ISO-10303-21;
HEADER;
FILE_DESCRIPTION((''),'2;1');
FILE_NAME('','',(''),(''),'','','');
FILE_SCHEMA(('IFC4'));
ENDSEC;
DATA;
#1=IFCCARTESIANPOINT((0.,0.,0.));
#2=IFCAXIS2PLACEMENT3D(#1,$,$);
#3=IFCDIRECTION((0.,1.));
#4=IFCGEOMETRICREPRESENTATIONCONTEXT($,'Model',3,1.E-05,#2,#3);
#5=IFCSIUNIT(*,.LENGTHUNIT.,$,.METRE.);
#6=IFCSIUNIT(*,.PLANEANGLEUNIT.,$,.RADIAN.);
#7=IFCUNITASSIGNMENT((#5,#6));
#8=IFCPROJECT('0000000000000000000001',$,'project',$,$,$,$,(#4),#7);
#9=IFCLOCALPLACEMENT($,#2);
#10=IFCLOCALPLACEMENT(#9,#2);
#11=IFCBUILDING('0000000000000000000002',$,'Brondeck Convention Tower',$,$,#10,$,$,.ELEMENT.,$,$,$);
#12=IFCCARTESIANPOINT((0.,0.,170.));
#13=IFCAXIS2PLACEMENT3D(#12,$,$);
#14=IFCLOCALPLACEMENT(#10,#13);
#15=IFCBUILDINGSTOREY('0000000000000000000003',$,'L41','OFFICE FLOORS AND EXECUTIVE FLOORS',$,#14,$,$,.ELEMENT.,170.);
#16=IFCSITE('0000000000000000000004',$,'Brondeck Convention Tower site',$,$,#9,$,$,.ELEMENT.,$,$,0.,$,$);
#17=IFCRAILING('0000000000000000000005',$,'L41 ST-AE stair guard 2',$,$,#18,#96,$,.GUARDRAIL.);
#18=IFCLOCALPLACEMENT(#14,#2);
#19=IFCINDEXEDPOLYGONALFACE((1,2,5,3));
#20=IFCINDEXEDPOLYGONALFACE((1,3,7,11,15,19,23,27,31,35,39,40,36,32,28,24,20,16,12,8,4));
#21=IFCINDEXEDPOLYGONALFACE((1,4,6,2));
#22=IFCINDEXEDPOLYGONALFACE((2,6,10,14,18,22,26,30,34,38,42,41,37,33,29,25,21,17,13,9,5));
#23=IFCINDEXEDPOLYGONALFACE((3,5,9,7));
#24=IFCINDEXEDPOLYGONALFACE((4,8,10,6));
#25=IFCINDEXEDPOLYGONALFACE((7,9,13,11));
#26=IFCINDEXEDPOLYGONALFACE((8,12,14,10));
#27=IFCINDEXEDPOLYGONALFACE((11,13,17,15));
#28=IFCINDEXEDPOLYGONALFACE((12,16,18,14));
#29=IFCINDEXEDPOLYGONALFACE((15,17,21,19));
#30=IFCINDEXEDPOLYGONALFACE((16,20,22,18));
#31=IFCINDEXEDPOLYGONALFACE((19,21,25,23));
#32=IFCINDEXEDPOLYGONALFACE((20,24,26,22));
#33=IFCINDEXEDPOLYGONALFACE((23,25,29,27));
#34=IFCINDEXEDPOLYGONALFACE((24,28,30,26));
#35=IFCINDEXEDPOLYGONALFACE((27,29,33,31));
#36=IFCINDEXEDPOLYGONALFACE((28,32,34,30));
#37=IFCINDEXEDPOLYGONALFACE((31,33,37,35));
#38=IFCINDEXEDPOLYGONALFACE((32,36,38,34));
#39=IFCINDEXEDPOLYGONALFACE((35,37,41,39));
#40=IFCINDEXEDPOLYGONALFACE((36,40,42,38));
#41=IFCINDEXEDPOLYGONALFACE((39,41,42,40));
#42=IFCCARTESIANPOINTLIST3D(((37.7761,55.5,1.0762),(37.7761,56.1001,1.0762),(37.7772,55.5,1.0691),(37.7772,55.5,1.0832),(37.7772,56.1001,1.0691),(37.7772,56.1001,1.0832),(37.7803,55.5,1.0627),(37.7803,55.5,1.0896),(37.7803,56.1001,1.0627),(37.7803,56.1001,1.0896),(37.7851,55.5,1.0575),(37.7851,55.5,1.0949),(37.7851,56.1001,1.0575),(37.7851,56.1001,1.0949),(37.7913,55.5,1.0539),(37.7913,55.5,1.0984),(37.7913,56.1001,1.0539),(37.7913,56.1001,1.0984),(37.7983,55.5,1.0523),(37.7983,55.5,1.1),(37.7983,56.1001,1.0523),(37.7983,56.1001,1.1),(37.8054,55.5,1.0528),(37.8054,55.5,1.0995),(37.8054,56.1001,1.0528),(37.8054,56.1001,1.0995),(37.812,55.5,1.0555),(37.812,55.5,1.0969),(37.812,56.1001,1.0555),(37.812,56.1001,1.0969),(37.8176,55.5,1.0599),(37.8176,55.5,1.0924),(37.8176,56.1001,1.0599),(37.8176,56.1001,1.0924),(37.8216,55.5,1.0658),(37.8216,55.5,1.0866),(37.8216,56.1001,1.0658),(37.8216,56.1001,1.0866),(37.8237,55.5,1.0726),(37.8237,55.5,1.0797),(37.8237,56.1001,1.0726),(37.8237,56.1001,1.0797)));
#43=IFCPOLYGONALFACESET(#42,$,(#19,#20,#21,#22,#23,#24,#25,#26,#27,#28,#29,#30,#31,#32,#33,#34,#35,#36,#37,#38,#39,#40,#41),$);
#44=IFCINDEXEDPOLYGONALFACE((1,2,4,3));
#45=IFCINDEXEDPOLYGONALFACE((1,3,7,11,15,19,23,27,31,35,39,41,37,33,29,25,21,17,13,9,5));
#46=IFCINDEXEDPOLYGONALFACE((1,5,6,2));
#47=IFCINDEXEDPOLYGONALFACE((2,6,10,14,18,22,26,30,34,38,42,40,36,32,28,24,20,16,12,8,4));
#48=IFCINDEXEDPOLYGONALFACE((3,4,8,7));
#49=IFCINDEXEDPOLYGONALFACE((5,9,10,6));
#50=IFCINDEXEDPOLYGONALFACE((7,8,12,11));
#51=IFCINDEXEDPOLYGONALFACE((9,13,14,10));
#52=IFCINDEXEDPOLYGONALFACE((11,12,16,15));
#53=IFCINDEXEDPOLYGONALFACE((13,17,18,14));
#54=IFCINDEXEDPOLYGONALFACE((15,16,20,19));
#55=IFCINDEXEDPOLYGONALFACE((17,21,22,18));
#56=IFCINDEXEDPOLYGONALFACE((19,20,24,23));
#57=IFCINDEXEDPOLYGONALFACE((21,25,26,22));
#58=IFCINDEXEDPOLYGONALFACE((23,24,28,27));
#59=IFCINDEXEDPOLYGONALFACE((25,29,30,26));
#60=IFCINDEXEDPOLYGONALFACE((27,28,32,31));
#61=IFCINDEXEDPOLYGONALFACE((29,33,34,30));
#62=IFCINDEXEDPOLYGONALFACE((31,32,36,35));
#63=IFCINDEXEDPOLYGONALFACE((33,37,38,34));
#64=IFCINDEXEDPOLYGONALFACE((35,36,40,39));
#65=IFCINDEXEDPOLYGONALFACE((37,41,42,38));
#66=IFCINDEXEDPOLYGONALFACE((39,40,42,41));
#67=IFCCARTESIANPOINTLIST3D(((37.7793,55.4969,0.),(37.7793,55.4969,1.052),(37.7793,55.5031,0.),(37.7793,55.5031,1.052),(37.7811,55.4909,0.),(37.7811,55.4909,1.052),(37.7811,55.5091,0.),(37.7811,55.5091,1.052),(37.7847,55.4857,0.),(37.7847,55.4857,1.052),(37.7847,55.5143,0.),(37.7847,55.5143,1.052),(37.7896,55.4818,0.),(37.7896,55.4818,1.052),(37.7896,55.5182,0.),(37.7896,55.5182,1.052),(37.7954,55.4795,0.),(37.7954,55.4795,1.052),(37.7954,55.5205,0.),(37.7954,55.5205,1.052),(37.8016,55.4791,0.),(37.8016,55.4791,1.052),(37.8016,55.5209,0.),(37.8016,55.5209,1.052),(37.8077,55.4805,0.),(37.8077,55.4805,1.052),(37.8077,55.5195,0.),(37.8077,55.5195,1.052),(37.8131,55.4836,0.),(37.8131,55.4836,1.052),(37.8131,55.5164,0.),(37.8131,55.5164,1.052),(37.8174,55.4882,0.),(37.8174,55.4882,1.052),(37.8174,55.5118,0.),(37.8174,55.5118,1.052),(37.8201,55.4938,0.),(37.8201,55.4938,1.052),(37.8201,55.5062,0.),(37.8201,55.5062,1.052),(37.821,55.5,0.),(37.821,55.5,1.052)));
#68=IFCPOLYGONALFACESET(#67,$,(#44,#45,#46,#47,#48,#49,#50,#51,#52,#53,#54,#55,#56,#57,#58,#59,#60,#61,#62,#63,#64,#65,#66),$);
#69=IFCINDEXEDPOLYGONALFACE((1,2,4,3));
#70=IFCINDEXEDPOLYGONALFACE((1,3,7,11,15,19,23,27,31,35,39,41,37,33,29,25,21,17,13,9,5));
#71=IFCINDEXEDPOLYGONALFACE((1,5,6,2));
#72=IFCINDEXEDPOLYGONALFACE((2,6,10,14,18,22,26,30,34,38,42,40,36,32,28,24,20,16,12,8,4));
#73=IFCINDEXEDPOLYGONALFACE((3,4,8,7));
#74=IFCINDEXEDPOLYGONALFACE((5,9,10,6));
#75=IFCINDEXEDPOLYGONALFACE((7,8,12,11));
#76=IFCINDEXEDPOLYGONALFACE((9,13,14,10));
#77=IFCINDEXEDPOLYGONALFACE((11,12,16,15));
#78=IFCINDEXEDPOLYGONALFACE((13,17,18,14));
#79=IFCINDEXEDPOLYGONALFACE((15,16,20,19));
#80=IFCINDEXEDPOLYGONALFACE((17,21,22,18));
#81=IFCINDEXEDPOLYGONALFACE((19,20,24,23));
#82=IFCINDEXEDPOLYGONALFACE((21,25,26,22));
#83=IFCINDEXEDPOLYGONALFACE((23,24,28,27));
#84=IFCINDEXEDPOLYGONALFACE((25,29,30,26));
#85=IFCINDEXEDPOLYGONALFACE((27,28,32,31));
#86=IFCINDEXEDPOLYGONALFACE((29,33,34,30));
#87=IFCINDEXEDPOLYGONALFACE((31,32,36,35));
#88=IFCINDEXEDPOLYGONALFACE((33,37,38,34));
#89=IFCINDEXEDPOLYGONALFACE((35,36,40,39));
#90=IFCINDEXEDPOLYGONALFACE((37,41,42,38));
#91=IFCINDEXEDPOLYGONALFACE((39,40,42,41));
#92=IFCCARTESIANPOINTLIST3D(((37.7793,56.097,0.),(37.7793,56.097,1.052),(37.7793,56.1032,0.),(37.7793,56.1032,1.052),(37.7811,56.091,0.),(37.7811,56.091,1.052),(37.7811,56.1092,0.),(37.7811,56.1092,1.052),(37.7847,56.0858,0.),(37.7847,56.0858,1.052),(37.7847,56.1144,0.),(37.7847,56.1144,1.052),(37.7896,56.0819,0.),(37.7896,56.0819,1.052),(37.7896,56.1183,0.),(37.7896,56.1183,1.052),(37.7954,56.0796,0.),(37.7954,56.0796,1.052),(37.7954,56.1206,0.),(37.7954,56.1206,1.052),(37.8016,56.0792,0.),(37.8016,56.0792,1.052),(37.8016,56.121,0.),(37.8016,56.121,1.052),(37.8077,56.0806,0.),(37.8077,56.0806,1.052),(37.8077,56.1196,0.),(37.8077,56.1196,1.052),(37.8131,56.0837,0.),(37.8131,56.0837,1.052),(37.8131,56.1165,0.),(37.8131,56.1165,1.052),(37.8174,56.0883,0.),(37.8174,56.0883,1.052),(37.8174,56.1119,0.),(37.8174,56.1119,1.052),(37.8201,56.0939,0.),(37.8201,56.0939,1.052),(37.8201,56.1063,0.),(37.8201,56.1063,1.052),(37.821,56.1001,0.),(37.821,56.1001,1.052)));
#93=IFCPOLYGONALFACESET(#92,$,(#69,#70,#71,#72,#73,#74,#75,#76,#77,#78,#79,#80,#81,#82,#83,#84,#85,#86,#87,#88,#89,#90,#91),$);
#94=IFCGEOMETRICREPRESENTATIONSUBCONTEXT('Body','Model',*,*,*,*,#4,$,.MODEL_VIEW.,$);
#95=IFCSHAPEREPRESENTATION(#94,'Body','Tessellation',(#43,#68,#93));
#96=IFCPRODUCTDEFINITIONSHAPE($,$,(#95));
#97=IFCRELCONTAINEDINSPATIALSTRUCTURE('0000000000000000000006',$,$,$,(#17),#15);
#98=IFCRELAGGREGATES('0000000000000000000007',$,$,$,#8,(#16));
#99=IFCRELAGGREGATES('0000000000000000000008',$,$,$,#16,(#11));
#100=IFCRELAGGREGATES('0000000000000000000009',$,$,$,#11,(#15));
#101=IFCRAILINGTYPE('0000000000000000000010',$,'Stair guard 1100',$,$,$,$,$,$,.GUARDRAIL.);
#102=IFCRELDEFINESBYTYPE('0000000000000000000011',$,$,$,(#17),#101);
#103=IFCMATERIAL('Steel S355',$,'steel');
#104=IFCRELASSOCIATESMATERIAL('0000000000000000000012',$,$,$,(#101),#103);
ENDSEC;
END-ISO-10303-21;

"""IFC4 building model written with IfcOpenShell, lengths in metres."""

from ifc_helpers import new_model, si_unit, direction, frame, origin, origin_2d, place, context, subcontext, project, spatial, circle, extrude, material, type_object, element, save


model = new_model("IFC4")

# Units and contexts
model_context = context("Model", 3, precision=1e-05, world=origin(), true_north=direction((0.0, 1.0)))
body_context = subcontext(model_context, "Body", "Model", "MODEL_VIEW")
ifc_project = project(units=[si_unit("LENGTHUNIT", "METRE"), si_unit("PLANEANGLEUNIT", "RADIAN")], contexts=[model_context])

# Site, building, storey
site_placement = place(None, origin())
site = spatial("IfcSite", under=ifc_project, at=site_placement, Name="Brondeck Convention Tower site", CompositionType="ELEMENT", RefElevation=0.0)
building_placement = place(site_placement, origin())
building = spatial("IfcBuilding", under=site, at=building_placement, Name="Brondeck Convention Tower", CompositionType="ELEMENT")
storey_placement = place(building_placement, frame((0.0, 0.0, 170.0)))
storey = spatial("IfcBuildingStorey", under=building, at=storey_placement, Name="L41", Description="OFFICE FLOORS AND EXECUTIVE FLOORS", CompositionType="ELEMENT", Elevation=170.0)

# Shared definitions
ifc_material_1 = material(Name="Steel S355", Category="steel")

# Railing
railing_type_1 = type_object("IfcRailingType", Name="Stair guard 1100", PredefinedType="GUARDRAIL", material=ifc_material_1)
railing_1_placement = place(storey_placement, frame((37.8, 55.5, 0.0)))
element("IfcRailing", 1, at=railing_1_placement, inside=storey, type_object=railing_type_1, Name="L41 ST-AE stair guard 2", PredefinedType="GUARDRAIL", context=body_context, shape_type="SweptSolid", body=[
    extrude(circle(Radius=0.0239, at=origin_2d()), frame((0.0, 0.0, 1.0762), z_axis=(0.0, 1.0, 0.0), x_axis=(-1.0, 0.0, 0.0)), (0.0, 0.0, 1.0), 0.6001),
    extrude(circle(Radius=0.021, at=origin_2d()), origin(), (0.0, 0.0, 1.0), 1.052),
    extrude(circle(Radius=0.021, at=origin_2d()), frame((0.0, 0.6001, 0.0)), (0.0, 0.0, 1.0), 1.052),
])

save(model, "model.ifc")
